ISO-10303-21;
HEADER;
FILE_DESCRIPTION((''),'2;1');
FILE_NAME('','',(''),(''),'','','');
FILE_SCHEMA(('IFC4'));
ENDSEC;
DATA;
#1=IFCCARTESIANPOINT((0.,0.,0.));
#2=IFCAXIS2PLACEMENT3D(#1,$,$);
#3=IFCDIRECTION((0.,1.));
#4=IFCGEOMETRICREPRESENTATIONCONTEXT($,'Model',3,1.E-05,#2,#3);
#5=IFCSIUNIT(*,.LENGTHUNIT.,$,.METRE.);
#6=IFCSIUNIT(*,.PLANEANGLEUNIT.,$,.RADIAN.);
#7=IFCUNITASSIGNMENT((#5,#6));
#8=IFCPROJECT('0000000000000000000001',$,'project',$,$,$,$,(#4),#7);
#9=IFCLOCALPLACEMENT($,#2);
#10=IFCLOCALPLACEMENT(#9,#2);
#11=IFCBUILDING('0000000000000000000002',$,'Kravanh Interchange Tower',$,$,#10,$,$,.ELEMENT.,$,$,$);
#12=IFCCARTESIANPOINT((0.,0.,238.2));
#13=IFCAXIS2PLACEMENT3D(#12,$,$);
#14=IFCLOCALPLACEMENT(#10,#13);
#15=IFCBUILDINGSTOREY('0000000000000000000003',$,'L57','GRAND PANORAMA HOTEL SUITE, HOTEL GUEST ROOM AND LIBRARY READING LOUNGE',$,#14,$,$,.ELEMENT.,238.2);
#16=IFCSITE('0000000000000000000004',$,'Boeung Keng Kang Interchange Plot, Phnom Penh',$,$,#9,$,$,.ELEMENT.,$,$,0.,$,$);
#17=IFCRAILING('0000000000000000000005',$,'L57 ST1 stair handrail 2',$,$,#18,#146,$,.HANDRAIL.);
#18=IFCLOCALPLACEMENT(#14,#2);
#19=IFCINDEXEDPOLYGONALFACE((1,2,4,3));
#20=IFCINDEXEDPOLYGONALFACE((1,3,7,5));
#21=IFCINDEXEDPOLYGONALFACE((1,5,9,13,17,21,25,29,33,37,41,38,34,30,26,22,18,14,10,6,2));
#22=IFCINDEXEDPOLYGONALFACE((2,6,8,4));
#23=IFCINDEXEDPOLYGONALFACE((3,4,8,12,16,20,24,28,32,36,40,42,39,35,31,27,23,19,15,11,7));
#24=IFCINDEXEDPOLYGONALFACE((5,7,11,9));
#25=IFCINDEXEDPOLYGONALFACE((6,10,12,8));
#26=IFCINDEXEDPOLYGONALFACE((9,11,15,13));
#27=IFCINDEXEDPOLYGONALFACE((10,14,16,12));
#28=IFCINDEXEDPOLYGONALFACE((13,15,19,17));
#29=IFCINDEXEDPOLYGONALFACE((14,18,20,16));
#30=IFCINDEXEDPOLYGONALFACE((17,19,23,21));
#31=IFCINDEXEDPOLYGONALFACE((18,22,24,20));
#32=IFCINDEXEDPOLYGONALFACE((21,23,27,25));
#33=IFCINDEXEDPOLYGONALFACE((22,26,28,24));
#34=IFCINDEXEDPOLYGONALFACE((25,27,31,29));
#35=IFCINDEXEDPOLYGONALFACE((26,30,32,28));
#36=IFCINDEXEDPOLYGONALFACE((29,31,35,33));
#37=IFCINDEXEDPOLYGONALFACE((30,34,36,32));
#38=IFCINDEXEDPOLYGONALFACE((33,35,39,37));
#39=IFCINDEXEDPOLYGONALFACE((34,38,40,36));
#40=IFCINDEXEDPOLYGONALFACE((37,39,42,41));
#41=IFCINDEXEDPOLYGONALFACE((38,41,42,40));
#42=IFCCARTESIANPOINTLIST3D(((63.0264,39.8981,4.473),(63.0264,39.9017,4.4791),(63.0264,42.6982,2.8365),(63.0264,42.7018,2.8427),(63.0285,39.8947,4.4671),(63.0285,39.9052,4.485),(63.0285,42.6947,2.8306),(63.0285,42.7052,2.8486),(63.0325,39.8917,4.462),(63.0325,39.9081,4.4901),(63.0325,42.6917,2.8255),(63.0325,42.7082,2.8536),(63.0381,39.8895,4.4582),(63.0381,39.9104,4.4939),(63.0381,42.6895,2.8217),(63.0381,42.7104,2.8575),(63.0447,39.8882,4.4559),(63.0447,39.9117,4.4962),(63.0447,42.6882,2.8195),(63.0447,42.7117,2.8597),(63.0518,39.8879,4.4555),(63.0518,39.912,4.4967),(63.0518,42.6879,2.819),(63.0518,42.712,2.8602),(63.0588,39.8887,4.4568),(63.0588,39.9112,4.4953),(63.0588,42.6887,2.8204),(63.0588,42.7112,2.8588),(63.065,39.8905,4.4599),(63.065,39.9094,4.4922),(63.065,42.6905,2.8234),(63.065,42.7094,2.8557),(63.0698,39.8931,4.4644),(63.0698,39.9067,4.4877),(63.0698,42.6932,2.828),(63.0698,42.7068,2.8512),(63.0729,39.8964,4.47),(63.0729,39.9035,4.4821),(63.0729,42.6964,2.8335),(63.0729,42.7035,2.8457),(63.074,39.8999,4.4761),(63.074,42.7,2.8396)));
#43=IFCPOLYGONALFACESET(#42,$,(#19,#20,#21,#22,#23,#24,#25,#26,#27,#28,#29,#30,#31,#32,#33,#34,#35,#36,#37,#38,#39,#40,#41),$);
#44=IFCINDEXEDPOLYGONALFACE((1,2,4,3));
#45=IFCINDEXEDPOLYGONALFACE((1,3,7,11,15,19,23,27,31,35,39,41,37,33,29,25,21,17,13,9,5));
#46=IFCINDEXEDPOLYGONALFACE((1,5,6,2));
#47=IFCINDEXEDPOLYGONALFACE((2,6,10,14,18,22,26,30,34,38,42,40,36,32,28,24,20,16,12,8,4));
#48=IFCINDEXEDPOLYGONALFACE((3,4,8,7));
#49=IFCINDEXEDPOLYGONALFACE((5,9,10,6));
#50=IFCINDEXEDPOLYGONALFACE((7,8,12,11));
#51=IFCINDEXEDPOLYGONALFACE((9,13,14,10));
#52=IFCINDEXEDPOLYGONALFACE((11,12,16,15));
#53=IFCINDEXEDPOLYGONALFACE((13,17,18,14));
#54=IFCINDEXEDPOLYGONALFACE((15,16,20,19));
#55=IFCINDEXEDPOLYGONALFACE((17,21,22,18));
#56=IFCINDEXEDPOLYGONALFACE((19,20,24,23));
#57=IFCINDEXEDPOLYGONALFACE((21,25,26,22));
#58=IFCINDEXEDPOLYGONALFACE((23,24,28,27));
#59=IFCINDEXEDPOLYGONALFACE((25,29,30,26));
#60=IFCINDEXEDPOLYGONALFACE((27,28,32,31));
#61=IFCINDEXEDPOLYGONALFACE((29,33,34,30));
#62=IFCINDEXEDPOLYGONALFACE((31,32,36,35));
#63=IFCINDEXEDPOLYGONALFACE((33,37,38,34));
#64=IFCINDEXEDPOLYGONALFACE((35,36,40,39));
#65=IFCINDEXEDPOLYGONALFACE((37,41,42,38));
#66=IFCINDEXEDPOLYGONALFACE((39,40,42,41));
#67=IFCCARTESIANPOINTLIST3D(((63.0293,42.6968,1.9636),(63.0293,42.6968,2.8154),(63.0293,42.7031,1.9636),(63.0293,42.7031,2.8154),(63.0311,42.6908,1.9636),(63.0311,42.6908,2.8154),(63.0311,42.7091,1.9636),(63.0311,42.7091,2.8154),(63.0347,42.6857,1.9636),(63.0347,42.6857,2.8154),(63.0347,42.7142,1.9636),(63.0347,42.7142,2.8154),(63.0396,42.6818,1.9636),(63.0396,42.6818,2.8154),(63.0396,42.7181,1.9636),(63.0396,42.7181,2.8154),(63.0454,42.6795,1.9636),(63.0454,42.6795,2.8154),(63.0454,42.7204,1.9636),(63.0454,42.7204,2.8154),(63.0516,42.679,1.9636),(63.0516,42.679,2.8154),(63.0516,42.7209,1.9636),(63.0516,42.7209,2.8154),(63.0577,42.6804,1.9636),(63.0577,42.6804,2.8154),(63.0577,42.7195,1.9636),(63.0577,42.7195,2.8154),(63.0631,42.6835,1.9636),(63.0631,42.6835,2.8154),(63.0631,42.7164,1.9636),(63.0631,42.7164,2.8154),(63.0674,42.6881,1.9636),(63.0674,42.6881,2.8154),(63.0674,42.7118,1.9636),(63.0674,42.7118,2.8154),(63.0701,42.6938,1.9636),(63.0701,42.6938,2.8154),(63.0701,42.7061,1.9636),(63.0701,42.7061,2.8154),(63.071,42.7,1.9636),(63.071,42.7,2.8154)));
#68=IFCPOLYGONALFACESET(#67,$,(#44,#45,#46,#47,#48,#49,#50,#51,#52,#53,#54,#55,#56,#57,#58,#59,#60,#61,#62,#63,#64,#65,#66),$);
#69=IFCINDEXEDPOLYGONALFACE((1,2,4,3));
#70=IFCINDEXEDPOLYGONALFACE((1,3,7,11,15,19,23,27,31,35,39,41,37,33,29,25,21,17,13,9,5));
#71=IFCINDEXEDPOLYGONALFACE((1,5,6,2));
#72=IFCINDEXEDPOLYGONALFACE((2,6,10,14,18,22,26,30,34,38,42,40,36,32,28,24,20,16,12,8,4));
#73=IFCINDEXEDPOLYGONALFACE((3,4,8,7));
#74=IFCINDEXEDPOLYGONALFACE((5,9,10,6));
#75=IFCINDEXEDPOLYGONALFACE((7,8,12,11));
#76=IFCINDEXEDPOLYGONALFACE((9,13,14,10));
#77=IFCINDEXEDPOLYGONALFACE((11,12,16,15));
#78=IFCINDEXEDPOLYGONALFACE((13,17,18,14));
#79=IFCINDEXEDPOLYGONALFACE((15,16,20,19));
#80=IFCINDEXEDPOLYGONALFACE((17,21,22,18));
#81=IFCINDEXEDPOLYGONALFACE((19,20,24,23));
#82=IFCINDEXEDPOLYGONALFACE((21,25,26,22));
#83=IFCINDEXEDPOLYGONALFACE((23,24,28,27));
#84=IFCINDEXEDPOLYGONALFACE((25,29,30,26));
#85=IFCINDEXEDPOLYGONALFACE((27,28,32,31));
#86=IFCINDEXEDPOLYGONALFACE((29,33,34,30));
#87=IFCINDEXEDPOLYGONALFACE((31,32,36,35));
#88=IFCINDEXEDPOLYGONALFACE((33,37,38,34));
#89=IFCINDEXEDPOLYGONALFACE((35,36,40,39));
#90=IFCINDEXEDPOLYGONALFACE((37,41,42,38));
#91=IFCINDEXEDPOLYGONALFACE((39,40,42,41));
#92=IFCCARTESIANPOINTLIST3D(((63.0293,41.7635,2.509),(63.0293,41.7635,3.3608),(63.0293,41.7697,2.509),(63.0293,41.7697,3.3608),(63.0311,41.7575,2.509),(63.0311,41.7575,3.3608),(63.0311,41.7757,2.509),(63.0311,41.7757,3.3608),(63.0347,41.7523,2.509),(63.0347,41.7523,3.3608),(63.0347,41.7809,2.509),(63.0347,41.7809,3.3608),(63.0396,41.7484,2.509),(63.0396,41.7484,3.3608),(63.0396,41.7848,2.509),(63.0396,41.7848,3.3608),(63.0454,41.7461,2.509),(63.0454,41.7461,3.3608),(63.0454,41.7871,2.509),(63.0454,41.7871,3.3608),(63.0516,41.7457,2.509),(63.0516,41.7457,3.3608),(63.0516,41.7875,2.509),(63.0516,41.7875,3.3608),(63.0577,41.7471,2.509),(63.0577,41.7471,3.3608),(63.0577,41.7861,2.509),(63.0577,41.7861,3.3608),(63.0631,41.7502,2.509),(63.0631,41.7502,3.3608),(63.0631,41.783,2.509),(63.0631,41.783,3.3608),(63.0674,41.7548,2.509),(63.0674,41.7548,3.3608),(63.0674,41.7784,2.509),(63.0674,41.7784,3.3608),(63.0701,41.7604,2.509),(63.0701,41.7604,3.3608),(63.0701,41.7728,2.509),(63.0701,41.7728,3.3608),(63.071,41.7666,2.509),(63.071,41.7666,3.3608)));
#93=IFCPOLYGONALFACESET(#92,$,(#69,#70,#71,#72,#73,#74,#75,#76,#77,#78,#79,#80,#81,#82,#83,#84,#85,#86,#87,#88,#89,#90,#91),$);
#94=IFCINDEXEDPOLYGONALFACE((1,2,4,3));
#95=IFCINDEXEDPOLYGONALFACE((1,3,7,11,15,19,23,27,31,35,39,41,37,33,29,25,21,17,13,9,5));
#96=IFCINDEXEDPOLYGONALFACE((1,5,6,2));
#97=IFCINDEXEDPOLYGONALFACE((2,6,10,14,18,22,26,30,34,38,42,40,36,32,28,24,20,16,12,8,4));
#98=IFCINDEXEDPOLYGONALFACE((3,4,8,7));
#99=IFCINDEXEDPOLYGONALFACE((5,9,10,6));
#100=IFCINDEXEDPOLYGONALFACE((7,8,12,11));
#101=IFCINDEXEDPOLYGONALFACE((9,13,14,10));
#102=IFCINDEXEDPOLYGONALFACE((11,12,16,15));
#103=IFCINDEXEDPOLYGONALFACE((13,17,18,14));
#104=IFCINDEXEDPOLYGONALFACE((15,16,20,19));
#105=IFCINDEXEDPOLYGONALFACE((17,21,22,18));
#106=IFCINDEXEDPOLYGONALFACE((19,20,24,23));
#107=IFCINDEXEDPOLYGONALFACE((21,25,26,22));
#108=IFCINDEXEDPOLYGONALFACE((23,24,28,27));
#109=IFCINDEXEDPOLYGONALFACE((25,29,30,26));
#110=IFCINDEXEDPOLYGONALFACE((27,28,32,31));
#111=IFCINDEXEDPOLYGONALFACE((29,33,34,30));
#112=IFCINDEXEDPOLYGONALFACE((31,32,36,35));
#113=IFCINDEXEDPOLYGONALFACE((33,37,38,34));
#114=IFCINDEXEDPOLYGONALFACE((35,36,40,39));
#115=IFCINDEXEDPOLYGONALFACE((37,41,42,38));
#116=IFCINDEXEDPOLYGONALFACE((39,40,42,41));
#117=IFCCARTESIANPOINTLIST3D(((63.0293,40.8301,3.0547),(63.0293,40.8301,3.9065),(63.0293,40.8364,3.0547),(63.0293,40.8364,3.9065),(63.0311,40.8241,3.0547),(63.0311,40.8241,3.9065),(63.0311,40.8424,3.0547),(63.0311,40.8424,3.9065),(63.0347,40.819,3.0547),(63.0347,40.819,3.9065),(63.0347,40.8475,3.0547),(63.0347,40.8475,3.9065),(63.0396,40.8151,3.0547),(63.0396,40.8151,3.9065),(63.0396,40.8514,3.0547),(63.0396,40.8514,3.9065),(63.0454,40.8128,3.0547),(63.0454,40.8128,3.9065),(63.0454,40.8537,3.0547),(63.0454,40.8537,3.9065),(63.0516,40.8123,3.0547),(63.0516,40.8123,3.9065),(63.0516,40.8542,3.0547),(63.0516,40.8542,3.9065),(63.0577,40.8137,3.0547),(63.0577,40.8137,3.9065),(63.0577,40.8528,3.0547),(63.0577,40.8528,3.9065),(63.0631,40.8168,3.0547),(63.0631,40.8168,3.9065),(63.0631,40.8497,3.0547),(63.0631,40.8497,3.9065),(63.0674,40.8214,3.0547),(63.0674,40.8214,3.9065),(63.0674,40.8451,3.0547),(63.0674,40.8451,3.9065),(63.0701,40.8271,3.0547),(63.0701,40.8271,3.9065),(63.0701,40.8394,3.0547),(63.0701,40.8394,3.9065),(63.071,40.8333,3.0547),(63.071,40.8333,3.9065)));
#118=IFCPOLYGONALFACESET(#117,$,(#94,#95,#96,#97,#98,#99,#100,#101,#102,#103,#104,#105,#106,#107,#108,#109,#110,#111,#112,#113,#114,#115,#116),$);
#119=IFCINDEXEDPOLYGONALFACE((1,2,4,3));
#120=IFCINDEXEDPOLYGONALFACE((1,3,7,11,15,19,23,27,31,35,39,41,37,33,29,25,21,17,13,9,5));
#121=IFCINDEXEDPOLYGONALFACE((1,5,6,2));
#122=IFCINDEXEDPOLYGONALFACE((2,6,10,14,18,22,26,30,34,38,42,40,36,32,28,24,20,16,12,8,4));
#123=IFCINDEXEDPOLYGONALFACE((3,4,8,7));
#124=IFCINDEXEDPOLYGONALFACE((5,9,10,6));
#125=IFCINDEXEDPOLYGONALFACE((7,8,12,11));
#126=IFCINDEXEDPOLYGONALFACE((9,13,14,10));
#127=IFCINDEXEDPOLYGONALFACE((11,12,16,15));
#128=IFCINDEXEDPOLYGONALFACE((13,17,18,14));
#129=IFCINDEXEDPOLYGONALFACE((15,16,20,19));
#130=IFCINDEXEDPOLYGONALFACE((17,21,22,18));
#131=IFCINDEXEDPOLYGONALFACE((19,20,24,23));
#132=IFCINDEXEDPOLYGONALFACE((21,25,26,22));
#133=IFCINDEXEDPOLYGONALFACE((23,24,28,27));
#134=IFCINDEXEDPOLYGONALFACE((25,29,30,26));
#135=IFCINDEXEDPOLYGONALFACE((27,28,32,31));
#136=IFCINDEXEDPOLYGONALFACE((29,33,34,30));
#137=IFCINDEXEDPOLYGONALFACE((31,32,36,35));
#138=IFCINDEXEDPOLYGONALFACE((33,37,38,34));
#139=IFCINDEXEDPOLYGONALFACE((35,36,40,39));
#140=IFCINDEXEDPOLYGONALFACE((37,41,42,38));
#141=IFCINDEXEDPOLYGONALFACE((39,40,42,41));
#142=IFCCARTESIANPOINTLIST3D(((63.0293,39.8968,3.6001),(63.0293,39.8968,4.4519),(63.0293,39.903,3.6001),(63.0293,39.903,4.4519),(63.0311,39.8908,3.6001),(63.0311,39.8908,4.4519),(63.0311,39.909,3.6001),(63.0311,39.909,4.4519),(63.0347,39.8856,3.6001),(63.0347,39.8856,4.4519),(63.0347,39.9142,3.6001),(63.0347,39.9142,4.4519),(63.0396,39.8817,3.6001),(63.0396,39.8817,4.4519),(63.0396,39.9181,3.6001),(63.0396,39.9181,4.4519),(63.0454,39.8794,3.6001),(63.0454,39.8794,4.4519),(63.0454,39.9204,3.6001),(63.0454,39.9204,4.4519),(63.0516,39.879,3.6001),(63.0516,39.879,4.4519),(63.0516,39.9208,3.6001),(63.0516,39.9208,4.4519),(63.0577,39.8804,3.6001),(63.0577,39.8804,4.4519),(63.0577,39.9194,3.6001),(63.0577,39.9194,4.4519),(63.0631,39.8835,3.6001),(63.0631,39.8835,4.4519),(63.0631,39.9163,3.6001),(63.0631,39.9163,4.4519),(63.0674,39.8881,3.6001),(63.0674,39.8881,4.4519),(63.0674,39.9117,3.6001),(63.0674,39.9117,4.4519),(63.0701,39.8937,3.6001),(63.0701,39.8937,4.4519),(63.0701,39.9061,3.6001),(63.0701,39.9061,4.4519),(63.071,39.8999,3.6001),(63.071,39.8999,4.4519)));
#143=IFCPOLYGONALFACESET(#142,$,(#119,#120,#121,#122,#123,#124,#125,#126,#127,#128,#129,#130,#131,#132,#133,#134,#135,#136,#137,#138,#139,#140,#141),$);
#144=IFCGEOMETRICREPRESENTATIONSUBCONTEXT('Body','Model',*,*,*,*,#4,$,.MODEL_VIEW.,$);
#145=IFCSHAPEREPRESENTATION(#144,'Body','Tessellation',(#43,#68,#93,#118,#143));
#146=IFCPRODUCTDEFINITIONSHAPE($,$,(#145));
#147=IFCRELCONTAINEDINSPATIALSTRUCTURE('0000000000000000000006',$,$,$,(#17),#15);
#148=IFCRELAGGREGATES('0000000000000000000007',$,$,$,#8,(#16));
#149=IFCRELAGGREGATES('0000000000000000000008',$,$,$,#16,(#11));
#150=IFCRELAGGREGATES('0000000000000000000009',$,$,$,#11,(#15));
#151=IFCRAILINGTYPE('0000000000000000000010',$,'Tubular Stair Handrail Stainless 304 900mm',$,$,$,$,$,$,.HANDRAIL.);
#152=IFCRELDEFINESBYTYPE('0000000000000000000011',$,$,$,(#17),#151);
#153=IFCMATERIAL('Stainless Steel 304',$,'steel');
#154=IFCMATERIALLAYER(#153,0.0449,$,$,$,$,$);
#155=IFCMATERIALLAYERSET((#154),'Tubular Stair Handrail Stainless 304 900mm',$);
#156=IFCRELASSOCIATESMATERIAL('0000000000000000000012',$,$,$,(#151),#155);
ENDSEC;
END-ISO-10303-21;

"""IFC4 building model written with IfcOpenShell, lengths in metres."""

from ifc_helpers import new_model, si_unit, direction, frame, origin, origin_2d, place, context, subcontext, project, spatial, circle, extrude, material, layer, layer_set, type_object, element, save


model = new_model("IFC4")

# Units and contexts
model_context = context("Model", 3, precision=1e-05, world=origin(), true_north=direction((0.0, 1.0)))
body_context = subcontext(model_context, "Body", "Model", "MODEL_VIEW")
ifc_project = project(units=[si_unit("LENGTHUNIT", "METRE"), si_unit("PLANEANGLEUNIT", "RADIAN")], contexts=[model_context])

# Site, building, storey
site_placement = place(None, origin())
site = spatial("IfcSite", under=ifc_project, at=site_placement, Name="Boeung Keng Kang Interchange Plot, Phnom Penh", CompositionType="ELEMENT", RefElevation=0.0)
building_placement = place(site_placement, origin())
building = spatial("IfcBuilding", under=site, at=building_placement, Name="Kravanh Interchange Tower", CompositionType="ELEMENT")
storey_placement = place(building_placement, frame((0.0, 0.0, 238.2)))
storey = spatial("IfcBuildingStorey", under=building, at=storey_placement, Name="L57", Description="GRAND PANORAMA HOTEL SUITE, HOTEL GUEST ROOM AND LIBRARY READING LOUNGE", CompositionType="ELEMENT", Elevation=238.2)

# Railing
ifc_material_1 = material(Name="Stainless Steel 304", Category="steel")
ifc_layer_1 = layer(ifc_material_1, 0.0449)
ifc_layer_set_1 = layer_set([ifc_layer_1], Name="Tubular Stair Handrail Stainless 304 900mm")
railing_type_1 = type_object("IfcRailingType", Name="Tubular Stair Handrail Stainless 304 900mm", PredefinedType="HANDRAIL", material=ifc_layer_set_1)
railing_1_placement = place(storey_placement, frame((63.05, 42.7, 1.9636)))
element("IfcRailing", 1, at=railing_1_placement, inside=storey, type_object=railing_type_1, Name="L57 ST1 stair handrail 2", PredefinedType="HANDRAIL", context=body_context, shape_type="SweptSolid", body=[
    extrude(circle(Radius=0.0239, at=origin_2d()), frame((0.0, 0.0, 0.876), z_axis=(0.0, -0.863361, 0.504587), x_axis=(1.0, 0.0, 0.0)), (0.0, 0.0, 1.0), 3.2432),
    extrude(circle(Radius=0.021, at=origin_2d()), origin(), (0.0, 0.0, 1.0), 0.8518),
    extrude(circle(Radius=0.021, at=origin_2d()), frame((0.0, -0.9333, 0.5454)), (0.0, 0.0, 1.0), 0.8518),
    extrude(circle(Radius=0.021, at=origin_2d()), frame((0.0, -1.8667, 1.0911)), (0.0, 0.0, 1.0), 0.8518),
    extrude(circle(Radius=0.021, at=origin_2d()), frame((0.0, -2.8, 1.6365)), (0.0, 0.0, 1.0), 0.8518),
])

save(model, "model.ifc")
